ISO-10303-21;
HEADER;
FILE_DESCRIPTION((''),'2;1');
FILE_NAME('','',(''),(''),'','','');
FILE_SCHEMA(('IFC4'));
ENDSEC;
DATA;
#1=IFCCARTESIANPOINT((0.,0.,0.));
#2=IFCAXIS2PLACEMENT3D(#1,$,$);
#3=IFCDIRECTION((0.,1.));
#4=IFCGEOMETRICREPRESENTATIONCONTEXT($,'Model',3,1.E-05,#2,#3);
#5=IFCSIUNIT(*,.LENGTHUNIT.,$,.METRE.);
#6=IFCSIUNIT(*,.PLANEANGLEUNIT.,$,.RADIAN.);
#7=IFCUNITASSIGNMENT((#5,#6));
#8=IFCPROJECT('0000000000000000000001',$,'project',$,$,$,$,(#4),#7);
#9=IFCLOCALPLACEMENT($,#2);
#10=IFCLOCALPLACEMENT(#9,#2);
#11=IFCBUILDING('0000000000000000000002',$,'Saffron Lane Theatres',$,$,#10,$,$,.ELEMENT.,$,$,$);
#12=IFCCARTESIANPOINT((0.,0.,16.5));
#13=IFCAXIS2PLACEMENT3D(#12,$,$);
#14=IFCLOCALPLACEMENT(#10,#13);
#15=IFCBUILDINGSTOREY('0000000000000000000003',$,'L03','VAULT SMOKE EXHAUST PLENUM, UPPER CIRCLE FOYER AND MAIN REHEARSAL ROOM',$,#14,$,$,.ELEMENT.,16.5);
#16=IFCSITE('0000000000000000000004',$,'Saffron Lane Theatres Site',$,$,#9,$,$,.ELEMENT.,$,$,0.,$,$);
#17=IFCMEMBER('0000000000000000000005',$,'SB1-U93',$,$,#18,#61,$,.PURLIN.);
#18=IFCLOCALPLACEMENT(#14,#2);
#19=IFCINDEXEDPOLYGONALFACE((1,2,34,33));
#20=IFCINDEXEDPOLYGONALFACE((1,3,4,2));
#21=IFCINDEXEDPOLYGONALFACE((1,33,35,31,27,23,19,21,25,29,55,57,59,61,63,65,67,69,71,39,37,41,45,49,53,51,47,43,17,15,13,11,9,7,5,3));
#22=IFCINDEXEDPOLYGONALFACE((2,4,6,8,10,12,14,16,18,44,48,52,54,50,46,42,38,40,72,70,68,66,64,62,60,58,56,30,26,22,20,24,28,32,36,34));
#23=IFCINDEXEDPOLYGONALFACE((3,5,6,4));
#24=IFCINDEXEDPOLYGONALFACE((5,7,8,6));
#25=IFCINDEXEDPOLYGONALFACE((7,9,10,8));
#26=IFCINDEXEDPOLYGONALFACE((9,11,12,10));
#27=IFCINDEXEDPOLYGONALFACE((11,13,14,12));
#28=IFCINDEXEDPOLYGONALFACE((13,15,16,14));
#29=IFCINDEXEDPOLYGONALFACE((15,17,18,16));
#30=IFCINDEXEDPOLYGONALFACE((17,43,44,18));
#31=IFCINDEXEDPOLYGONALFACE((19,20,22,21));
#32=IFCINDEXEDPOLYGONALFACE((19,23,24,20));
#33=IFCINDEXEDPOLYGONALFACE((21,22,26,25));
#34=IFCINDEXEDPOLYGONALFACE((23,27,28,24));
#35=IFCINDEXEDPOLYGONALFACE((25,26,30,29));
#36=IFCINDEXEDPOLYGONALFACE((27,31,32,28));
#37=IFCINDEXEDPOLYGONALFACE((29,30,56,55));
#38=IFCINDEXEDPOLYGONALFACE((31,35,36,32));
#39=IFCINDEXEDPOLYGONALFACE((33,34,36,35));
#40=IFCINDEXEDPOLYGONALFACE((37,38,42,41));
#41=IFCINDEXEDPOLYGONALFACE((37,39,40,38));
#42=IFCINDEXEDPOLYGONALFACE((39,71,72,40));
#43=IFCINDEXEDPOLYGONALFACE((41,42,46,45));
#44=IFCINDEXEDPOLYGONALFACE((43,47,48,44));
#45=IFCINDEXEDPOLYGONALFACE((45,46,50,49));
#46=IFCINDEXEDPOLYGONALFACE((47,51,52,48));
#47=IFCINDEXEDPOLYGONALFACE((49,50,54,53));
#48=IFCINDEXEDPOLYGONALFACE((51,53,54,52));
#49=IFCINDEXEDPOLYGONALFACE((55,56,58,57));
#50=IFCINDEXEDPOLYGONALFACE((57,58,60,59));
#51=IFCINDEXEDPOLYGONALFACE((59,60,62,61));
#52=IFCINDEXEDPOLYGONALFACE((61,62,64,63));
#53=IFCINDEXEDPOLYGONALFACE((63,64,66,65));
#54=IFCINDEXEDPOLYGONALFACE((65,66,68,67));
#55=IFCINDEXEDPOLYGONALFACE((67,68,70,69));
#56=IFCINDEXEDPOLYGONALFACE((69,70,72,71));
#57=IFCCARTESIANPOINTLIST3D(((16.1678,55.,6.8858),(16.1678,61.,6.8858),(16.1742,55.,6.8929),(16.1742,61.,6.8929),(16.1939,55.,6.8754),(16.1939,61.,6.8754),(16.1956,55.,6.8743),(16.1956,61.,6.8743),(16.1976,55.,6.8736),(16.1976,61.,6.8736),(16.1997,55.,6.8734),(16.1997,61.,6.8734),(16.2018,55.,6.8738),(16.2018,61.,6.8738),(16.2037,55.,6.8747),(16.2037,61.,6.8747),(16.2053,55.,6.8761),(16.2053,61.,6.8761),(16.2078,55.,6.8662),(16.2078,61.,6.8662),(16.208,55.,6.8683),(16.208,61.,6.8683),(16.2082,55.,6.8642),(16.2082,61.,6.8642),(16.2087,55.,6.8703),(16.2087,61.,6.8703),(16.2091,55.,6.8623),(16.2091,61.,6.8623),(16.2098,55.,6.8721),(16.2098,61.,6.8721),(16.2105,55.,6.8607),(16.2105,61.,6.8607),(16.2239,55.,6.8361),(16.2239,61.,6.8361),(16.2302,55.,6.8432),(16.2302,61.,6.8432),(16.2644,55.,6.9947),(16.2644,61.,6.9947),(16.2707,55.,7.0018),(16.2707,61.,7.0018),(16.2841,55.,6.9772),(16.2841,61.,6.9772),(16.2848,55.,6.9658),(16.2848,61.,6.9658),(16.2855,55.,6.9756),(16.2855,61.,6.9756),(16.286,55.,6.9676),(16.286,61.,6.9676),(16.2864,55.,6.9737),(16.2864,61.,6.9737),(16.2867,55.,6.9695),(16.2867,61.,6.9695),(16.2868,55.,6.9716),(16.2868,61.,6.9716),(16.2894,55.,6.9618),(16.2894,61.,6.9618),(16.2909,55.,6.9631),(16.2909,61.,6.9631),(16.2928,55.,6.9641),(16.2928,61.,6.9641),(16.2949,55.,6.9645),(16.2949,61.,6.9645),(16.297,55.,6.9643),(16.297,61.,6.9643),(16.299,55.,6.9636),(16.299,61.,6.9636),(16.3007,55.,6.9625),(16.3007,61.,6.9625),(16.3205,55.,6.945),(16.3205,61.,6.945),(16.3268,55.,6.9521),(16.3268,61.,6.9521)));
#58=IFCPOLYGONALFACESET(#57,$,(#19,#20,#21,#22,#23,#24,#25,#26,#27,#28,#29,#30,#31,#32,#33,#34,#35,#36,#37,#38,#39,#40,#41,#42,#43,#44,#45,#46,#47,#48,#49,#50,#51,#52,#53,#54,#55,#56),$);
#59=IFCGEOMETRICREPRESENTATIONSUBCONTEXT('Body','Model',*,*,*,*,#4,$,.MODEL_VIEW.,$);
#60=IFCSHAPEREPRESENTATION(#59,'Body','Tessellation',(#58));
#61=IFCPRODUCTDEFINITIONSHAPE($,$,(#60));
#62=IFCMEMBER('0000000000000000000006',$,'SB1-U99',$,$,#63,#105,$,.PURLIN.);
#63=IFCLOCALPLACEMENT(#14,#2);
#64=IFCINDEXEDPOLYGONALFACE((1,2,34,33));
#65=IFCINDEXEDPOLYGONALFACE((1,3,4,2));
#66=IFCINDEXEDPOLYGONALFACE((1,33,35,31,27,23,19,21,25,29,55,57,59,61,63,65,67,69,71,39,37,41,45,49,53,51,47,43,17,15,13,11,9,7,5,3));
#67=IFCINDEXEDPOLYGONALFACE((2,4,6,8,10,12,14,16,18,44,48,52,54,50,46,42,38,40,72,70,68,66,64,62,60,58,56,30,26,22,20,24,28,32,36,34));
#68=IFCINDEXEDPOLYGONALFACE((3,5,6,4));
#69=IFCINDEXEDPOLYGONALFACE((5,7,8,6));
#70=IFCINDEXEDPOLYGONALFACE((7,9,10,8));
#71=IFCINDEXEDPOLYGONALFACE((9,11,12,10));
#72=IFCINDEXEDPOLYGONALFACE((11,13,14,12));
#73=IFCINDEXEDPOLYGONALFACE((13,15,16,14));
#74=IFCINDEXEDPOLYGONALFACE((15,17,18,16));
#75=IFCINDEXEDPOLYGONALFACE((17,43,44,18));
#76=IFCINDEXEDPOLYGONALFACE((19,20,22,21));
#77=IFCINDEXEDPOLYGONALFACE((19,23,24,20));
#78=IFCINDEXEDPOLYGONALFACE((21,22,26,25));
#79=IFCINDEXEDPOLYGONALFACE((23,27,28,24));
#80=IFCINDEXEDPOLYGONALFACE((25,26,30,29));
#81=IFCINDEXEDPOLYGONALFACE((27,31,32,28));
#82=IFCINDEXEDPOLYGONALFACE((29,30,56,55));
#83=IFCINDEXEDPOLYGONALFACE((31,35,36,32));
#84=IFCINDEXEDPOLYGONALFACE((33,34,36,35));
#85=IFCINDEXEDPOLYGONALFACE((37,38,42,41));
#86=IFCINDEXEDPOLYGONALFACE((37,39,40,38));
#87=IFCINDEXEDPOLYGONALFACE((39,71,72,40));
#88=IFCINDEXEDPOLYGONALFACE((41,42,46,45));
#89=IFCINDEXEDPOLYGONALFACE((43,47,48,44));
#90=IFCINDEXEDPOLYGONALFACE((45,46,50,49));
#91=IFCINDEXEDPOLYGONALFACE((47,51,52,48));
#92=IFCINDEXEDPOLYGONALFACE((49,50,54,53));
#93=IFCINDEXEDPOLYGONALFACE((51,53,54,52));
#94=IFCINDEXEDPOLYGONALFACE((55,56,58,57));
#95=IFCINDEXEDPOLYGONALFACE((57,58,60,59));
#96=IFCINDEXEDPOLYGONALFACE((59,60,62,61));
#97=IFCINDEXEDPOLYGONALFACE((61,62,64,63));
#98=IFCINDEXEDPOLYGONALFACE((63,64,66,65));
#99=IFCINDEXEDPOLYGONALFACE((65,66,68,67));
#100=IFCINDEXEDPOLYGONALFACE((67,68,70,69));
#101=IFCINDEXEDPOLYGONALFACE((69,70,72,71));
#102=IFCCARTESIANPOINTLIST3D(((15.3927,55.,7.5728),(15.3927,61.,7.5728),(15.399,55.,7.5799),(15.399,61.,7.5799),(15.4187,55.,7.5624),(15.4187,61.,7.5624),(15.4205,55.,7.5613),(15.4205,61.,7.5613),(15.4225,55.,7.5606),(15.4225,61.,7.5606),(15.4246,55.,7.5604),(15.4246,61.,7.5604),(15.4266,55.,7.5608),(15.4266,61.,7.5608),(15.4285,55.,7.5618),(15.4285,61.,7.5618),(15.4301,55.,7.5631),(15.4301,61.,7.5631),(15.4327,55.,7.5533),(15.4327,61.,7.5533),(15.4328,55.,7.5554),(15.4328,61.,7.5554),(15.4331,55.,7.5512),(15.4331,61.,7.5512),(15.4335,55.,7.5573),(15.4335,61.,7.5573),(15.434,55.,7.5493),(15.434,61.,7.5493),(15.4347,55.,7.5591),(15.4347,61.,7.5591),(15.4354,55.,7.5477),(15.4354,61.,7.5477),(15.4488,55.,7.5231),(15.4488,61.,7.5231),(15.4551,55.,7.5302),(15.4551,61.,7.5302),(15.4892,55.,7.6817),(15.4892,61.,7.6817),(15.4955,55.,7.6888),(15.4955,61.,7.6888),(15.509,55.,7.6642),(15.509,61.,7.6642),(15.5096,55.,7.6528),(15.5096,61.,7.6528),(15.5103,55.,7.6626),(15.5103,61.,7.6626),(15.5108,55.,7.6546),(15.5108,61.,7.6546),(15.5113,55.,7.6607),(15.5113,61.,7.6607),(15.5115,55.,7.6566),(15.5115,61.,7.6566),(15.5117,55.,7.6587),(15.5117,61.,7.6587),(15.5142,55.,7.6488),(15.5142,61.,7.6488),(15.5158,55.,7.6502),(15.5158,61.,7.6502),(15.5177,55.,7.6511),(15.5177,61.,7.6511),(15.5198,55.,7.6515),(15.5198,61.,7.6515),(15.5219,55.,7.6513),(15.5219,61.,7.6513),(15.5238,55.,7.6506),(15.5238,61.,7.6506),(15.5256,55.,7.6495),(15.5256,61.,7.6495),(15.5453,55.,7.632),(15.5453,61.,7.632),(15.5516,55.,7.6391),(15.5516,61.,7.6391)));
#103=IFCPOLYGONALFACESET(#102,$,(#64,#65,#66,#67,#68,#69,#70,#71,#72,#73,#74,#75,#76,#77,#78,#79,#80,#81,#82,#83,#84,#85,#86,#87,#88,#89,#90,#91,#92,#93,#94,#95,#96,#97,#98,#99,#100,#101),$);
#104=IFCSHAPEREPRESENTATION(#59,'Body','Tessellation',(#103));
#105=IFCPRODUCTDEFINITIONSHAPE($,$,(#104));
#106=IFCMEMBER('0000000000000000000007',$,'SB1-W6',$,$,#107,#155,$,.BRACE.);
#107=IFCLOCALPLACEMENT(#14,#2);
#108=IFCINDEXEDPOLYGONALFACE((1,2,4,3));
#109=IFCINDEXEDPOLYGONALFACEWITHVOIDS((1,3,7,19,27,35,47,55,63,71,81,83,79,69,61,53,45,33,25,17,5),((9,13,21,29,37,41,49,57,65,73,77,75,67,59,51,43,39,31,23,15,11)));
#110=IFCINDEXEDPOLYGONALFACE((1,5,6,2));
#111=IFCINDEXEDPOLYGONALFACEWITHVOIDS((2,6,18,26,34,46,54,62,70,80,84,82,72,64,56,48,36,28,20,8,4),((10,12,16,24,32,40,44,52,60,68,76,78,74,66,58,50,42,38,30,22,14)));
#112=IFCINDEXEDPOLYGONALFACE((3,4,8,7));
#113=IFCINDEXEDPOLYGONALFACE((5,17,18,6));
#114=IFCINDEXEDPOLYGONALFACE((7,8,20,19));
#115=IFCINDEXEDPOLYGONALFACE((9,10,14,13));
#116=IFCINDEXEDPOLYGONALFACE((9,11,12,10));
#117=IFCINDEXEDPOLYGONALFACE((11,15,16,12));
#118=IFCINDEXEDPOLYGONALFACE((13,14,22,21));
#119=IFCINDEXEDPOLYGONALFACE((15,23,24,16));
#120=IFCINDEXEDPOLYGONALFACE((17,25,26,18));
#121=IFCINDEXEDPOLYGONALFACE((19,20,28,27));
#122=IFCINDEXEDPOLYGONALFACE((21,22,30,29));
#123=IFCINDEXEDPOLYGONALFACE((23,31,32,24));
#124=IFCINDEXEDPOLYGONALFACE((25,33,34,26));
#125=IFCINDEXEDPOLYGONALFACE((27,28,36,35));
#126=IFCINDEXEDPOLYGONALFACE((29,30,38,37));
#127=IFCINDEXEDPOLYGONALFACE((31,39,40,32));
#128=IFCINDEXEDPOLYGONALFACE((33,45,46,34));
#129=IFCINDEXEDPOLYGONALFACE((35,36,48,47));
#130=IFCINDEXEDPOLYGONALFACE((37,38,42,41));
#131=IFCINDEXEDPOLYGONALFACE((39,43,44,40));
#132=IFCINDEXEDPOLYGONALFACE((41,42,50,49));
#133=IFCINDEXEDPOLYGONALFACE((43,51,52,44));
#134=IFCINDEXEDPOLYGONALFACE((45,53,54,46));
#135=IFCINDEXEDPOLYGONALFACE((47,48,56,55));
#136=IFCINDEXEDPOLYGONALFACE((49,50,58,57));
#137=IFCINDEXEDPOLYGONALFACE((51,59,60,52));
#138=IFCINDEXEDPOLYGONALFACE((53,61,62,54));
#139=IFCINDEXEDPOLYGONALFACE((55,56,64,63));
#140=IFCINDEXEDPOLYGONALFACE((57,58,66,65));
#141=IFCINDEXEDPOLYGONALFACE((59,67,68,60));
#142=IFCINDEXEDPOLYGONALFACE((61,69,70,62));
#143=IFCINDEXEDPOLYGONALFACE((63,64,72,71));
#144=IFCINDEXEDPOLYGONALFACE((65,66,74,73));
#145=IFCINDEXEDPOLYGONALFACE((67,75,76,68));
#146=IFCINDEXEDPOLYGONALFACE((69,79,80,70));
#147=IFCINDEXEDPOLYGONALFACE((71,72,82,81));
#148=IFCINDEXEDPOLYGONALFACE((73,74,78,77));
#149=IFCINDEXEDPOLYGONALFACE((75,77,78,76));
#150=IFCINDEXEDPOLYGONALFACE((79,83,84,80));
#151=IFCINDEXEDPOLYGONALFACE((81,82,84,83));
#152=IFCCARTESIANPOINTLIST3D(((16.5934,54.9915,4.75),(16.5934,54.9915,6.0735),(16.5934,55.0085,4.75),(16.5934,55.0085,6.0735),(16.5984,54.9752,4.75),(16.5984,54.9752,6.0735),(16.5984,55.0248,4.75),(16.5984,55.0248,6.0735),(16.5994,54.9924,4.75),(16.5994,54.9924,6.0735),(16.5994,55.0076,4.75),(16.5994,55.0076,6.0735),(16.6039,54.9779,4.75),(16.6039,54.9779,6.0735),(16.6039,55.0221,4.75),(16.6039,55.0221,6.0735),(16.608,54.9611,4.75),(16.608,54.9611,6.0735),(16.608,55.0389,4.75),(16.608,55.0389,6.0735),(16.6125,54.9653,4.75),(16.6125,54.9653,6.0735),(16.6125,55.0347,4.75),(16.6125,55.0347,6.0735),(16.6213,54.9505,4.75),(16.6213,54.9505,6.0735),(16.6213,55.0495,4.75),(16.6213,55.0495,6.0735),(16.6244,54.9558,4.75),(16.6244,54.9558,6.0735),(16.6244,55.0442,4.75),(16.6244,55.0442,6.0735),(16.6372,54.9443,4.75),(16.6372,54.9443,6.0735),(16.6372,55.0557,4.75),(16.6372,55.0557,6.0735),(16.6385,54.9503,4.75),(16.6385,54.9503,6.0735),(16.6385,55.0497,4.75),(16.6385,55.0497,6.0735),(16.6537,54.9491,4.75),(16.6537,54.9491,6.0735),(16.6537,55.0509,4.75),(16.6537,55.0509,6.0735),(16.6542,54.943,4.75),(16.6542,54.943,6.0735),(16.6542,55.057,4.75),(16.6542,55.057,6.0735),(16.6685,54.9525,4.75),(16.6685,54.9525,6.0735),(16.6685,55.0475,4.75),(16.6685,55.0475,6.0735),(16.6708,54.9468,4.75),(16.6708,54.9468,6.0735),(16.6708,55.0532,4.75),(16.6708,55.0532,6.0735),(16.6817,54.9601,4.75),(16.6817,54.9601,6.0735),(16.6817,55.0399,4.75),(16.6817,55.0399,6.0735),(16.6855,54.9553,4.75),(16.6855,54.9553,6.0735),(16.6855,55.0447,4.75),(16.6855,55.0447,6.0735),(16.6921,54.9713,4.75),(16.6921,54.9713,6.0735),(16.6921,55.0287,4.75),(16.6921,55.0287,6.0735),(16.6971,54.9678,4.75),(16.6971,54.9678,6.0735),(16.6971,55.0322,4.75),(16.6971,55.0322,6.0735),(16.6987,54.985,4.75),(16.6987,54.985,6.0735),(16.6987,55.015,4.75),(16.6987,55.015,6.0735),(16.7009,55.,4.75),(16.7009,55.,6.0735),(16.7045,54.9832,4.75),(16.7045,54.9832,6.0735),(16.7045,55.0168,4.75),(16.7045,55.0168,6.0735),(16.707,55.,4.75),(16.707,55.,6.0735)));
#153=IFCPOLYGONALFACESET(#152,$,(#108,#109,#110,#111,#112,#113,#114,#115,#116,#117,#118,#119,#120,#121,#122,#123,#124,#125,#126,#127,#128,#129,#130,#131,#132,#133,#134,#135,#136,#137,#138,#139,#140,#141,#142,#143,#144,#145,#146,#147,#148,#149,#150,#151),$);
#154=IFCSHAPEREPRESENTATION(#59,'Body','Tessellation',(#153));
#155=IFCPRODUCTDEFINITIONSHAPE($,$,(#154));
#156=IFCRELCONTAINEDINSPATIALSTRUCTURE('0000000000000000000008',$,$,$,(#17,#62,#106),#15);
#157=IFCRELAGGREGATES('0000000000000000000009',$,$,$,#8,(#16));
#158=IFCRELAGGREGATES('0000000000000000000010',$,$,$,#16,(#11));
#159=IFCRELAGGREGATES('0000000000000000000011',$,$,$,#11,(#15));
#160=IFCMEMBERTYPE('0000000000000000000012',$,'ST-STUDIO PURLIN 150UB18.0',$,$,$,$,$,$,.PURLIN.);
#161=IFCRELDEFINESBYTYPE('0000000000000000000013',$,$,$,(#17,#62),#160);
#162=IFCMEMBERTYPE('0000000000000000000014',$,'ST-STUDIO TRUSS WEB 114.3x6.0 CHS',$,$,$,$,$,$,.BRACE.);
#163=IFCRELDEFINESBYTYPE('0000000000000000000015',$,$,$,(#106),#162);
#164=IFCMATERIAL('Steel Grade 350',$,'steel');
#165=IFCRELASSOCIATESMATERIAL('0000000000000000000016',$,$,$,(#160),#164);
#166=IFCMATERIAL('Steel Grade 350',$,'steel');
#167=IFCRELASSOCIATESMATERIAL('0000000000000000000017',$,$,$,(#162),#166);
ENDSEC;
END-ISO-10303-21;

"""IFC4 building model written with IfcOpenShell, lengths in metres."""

from ifc_helpers import new_model, si_unit, direction, frame, origin, origin_2d, place, context, subcontext, project, spatial, hollow_circle, i_section, extrude, material, material_profile, profile_set, type_object, element, save


model = new_model("IFC4")

# Units and contexts
model_context = context("Model", 3, precision=1e-05, world=origin(), true_north=direction((0.0, 1.0)))
body_context = subcontext(model_context, "Body", "Model", "MODEL_VIEW")
ifc_project = project(units=[si_unit("LENGTHUNIT", "METRE"), si_unit("PLANEANGLEUNIT", "RADIAN")], contexts=[model_context])

# Site, building, storey
site_placement = place(None, origin())
site = spatial("IfcSite", under=ifc_project, at=site_placement, Name="Saffron Lane Theatres Site", CompositionType="ELEMENT", RefElevation=0.0)
building_placement = place(site_placement, origin())
building = spatial("IfcBuilding", under=site, at=building_placement, Name="Saffron Lane Theatres", CompositionType="ELEMENT")
storey_placement = place(building_placement, frame((0.0, 0.0, 16.5)))
storey = spatial("IfcBuildingStorey", under=building, at=storey_placement, Name="L03", Description="VAULT SMOKE EXHAUST PLENUM, UPPER CIRCLE FOYER AND MAIN REHEARSAL ROOM", CompositionType="ELEMENT", Elevation=16.5)

# Members
ifc_material_1 = material(Name="Steel Grade 350", Category="steel")
ifc_material_profile_1 = material_profile(ifc_material_1, i_section(OverallWidth=0.075, OverallDepth=0.155, WebThickness=0.0061, FlangeThickness=0.0095, FilletRadius=0.0081, at=origin_2d()))
ifc_profile_set_1 = profile_set([ifc_material_profile_1], Name="Steel Grade 350")
member_type_1 = type_object("IfcMemberType", Name="ST-STUDIO PURLIN 150UB18.0", PredefinedType="PURLIN", material=ifc_profile_set_1)
for number, where, z_axis, x_axis, name in (
    (1, (16.2473, 55.0, 6.9189), (0.0, 1.0, 0.0), (-0.748269, 0.0, 0.663396), "SB1-U93"),
    (2, (15.4722, 55.0, 7.606), (0.0, 1.0, 0.0), (-0.748269, 0.0, 0.663396), "SB1-U99"),
):
    element("IfcMember", number, at=place(storey_placement, frame(where, z_axis=z_axis, x_axis=x_axis)), inside=storey, type_object=member_type_1, Name=name, PredefinedType="PURLIN", context=body_context, shape_type="SweptSolid", body=[
        extrude(i_section(OverallWidth=0.075, OverallDepth=0.155, WebThickness=0.0061, FlangeThickness=0.0095, FilletRadius=0.0081, at=origin_2d()), origin(), (0.0, 0.0, 1.0), 6.0),
    ])
ifc_material_2 = material(Name="Steel Grade 350", Category="steel")
ifc_material_profile_2 = material_profile(ifc_material_2, hollow_circle(Radius=0.0571, WallThickness=0.0061, at=origin_2d()))
ifc_profile_set_2 = profile_set([ifc_material_profile_2], Name="Steel Grade 350")
member_type_2 = type_object("IfcMemberType", Name="ST-STUDIO TRUSS WEB 114.3x6.0 CHS", PredefinedType="BRACE", material=ifc_profile_set_2)
member_1_placement = place(storey_placement, frame((16.6499, 55.0, 4.75), z_axis=(0.0, 0.0, 1.0), x_axis=(1.0, 0.0, 0.0)))
element("IfcMember", 3, at=member_1_placement, inside=storey, type_object=member_type_2, Name="SB1-W6", PredefinedType="BRACE", context=body_context, shape_type="SweptSolid", body=[
    extrude(hollow_circle(Radius=0.0571, WallThickness=0.0061, at=origin_2d()), origin(), (0.0, 0.0, 1.0), 1.3235),
])

save(model, "model.ifc")
